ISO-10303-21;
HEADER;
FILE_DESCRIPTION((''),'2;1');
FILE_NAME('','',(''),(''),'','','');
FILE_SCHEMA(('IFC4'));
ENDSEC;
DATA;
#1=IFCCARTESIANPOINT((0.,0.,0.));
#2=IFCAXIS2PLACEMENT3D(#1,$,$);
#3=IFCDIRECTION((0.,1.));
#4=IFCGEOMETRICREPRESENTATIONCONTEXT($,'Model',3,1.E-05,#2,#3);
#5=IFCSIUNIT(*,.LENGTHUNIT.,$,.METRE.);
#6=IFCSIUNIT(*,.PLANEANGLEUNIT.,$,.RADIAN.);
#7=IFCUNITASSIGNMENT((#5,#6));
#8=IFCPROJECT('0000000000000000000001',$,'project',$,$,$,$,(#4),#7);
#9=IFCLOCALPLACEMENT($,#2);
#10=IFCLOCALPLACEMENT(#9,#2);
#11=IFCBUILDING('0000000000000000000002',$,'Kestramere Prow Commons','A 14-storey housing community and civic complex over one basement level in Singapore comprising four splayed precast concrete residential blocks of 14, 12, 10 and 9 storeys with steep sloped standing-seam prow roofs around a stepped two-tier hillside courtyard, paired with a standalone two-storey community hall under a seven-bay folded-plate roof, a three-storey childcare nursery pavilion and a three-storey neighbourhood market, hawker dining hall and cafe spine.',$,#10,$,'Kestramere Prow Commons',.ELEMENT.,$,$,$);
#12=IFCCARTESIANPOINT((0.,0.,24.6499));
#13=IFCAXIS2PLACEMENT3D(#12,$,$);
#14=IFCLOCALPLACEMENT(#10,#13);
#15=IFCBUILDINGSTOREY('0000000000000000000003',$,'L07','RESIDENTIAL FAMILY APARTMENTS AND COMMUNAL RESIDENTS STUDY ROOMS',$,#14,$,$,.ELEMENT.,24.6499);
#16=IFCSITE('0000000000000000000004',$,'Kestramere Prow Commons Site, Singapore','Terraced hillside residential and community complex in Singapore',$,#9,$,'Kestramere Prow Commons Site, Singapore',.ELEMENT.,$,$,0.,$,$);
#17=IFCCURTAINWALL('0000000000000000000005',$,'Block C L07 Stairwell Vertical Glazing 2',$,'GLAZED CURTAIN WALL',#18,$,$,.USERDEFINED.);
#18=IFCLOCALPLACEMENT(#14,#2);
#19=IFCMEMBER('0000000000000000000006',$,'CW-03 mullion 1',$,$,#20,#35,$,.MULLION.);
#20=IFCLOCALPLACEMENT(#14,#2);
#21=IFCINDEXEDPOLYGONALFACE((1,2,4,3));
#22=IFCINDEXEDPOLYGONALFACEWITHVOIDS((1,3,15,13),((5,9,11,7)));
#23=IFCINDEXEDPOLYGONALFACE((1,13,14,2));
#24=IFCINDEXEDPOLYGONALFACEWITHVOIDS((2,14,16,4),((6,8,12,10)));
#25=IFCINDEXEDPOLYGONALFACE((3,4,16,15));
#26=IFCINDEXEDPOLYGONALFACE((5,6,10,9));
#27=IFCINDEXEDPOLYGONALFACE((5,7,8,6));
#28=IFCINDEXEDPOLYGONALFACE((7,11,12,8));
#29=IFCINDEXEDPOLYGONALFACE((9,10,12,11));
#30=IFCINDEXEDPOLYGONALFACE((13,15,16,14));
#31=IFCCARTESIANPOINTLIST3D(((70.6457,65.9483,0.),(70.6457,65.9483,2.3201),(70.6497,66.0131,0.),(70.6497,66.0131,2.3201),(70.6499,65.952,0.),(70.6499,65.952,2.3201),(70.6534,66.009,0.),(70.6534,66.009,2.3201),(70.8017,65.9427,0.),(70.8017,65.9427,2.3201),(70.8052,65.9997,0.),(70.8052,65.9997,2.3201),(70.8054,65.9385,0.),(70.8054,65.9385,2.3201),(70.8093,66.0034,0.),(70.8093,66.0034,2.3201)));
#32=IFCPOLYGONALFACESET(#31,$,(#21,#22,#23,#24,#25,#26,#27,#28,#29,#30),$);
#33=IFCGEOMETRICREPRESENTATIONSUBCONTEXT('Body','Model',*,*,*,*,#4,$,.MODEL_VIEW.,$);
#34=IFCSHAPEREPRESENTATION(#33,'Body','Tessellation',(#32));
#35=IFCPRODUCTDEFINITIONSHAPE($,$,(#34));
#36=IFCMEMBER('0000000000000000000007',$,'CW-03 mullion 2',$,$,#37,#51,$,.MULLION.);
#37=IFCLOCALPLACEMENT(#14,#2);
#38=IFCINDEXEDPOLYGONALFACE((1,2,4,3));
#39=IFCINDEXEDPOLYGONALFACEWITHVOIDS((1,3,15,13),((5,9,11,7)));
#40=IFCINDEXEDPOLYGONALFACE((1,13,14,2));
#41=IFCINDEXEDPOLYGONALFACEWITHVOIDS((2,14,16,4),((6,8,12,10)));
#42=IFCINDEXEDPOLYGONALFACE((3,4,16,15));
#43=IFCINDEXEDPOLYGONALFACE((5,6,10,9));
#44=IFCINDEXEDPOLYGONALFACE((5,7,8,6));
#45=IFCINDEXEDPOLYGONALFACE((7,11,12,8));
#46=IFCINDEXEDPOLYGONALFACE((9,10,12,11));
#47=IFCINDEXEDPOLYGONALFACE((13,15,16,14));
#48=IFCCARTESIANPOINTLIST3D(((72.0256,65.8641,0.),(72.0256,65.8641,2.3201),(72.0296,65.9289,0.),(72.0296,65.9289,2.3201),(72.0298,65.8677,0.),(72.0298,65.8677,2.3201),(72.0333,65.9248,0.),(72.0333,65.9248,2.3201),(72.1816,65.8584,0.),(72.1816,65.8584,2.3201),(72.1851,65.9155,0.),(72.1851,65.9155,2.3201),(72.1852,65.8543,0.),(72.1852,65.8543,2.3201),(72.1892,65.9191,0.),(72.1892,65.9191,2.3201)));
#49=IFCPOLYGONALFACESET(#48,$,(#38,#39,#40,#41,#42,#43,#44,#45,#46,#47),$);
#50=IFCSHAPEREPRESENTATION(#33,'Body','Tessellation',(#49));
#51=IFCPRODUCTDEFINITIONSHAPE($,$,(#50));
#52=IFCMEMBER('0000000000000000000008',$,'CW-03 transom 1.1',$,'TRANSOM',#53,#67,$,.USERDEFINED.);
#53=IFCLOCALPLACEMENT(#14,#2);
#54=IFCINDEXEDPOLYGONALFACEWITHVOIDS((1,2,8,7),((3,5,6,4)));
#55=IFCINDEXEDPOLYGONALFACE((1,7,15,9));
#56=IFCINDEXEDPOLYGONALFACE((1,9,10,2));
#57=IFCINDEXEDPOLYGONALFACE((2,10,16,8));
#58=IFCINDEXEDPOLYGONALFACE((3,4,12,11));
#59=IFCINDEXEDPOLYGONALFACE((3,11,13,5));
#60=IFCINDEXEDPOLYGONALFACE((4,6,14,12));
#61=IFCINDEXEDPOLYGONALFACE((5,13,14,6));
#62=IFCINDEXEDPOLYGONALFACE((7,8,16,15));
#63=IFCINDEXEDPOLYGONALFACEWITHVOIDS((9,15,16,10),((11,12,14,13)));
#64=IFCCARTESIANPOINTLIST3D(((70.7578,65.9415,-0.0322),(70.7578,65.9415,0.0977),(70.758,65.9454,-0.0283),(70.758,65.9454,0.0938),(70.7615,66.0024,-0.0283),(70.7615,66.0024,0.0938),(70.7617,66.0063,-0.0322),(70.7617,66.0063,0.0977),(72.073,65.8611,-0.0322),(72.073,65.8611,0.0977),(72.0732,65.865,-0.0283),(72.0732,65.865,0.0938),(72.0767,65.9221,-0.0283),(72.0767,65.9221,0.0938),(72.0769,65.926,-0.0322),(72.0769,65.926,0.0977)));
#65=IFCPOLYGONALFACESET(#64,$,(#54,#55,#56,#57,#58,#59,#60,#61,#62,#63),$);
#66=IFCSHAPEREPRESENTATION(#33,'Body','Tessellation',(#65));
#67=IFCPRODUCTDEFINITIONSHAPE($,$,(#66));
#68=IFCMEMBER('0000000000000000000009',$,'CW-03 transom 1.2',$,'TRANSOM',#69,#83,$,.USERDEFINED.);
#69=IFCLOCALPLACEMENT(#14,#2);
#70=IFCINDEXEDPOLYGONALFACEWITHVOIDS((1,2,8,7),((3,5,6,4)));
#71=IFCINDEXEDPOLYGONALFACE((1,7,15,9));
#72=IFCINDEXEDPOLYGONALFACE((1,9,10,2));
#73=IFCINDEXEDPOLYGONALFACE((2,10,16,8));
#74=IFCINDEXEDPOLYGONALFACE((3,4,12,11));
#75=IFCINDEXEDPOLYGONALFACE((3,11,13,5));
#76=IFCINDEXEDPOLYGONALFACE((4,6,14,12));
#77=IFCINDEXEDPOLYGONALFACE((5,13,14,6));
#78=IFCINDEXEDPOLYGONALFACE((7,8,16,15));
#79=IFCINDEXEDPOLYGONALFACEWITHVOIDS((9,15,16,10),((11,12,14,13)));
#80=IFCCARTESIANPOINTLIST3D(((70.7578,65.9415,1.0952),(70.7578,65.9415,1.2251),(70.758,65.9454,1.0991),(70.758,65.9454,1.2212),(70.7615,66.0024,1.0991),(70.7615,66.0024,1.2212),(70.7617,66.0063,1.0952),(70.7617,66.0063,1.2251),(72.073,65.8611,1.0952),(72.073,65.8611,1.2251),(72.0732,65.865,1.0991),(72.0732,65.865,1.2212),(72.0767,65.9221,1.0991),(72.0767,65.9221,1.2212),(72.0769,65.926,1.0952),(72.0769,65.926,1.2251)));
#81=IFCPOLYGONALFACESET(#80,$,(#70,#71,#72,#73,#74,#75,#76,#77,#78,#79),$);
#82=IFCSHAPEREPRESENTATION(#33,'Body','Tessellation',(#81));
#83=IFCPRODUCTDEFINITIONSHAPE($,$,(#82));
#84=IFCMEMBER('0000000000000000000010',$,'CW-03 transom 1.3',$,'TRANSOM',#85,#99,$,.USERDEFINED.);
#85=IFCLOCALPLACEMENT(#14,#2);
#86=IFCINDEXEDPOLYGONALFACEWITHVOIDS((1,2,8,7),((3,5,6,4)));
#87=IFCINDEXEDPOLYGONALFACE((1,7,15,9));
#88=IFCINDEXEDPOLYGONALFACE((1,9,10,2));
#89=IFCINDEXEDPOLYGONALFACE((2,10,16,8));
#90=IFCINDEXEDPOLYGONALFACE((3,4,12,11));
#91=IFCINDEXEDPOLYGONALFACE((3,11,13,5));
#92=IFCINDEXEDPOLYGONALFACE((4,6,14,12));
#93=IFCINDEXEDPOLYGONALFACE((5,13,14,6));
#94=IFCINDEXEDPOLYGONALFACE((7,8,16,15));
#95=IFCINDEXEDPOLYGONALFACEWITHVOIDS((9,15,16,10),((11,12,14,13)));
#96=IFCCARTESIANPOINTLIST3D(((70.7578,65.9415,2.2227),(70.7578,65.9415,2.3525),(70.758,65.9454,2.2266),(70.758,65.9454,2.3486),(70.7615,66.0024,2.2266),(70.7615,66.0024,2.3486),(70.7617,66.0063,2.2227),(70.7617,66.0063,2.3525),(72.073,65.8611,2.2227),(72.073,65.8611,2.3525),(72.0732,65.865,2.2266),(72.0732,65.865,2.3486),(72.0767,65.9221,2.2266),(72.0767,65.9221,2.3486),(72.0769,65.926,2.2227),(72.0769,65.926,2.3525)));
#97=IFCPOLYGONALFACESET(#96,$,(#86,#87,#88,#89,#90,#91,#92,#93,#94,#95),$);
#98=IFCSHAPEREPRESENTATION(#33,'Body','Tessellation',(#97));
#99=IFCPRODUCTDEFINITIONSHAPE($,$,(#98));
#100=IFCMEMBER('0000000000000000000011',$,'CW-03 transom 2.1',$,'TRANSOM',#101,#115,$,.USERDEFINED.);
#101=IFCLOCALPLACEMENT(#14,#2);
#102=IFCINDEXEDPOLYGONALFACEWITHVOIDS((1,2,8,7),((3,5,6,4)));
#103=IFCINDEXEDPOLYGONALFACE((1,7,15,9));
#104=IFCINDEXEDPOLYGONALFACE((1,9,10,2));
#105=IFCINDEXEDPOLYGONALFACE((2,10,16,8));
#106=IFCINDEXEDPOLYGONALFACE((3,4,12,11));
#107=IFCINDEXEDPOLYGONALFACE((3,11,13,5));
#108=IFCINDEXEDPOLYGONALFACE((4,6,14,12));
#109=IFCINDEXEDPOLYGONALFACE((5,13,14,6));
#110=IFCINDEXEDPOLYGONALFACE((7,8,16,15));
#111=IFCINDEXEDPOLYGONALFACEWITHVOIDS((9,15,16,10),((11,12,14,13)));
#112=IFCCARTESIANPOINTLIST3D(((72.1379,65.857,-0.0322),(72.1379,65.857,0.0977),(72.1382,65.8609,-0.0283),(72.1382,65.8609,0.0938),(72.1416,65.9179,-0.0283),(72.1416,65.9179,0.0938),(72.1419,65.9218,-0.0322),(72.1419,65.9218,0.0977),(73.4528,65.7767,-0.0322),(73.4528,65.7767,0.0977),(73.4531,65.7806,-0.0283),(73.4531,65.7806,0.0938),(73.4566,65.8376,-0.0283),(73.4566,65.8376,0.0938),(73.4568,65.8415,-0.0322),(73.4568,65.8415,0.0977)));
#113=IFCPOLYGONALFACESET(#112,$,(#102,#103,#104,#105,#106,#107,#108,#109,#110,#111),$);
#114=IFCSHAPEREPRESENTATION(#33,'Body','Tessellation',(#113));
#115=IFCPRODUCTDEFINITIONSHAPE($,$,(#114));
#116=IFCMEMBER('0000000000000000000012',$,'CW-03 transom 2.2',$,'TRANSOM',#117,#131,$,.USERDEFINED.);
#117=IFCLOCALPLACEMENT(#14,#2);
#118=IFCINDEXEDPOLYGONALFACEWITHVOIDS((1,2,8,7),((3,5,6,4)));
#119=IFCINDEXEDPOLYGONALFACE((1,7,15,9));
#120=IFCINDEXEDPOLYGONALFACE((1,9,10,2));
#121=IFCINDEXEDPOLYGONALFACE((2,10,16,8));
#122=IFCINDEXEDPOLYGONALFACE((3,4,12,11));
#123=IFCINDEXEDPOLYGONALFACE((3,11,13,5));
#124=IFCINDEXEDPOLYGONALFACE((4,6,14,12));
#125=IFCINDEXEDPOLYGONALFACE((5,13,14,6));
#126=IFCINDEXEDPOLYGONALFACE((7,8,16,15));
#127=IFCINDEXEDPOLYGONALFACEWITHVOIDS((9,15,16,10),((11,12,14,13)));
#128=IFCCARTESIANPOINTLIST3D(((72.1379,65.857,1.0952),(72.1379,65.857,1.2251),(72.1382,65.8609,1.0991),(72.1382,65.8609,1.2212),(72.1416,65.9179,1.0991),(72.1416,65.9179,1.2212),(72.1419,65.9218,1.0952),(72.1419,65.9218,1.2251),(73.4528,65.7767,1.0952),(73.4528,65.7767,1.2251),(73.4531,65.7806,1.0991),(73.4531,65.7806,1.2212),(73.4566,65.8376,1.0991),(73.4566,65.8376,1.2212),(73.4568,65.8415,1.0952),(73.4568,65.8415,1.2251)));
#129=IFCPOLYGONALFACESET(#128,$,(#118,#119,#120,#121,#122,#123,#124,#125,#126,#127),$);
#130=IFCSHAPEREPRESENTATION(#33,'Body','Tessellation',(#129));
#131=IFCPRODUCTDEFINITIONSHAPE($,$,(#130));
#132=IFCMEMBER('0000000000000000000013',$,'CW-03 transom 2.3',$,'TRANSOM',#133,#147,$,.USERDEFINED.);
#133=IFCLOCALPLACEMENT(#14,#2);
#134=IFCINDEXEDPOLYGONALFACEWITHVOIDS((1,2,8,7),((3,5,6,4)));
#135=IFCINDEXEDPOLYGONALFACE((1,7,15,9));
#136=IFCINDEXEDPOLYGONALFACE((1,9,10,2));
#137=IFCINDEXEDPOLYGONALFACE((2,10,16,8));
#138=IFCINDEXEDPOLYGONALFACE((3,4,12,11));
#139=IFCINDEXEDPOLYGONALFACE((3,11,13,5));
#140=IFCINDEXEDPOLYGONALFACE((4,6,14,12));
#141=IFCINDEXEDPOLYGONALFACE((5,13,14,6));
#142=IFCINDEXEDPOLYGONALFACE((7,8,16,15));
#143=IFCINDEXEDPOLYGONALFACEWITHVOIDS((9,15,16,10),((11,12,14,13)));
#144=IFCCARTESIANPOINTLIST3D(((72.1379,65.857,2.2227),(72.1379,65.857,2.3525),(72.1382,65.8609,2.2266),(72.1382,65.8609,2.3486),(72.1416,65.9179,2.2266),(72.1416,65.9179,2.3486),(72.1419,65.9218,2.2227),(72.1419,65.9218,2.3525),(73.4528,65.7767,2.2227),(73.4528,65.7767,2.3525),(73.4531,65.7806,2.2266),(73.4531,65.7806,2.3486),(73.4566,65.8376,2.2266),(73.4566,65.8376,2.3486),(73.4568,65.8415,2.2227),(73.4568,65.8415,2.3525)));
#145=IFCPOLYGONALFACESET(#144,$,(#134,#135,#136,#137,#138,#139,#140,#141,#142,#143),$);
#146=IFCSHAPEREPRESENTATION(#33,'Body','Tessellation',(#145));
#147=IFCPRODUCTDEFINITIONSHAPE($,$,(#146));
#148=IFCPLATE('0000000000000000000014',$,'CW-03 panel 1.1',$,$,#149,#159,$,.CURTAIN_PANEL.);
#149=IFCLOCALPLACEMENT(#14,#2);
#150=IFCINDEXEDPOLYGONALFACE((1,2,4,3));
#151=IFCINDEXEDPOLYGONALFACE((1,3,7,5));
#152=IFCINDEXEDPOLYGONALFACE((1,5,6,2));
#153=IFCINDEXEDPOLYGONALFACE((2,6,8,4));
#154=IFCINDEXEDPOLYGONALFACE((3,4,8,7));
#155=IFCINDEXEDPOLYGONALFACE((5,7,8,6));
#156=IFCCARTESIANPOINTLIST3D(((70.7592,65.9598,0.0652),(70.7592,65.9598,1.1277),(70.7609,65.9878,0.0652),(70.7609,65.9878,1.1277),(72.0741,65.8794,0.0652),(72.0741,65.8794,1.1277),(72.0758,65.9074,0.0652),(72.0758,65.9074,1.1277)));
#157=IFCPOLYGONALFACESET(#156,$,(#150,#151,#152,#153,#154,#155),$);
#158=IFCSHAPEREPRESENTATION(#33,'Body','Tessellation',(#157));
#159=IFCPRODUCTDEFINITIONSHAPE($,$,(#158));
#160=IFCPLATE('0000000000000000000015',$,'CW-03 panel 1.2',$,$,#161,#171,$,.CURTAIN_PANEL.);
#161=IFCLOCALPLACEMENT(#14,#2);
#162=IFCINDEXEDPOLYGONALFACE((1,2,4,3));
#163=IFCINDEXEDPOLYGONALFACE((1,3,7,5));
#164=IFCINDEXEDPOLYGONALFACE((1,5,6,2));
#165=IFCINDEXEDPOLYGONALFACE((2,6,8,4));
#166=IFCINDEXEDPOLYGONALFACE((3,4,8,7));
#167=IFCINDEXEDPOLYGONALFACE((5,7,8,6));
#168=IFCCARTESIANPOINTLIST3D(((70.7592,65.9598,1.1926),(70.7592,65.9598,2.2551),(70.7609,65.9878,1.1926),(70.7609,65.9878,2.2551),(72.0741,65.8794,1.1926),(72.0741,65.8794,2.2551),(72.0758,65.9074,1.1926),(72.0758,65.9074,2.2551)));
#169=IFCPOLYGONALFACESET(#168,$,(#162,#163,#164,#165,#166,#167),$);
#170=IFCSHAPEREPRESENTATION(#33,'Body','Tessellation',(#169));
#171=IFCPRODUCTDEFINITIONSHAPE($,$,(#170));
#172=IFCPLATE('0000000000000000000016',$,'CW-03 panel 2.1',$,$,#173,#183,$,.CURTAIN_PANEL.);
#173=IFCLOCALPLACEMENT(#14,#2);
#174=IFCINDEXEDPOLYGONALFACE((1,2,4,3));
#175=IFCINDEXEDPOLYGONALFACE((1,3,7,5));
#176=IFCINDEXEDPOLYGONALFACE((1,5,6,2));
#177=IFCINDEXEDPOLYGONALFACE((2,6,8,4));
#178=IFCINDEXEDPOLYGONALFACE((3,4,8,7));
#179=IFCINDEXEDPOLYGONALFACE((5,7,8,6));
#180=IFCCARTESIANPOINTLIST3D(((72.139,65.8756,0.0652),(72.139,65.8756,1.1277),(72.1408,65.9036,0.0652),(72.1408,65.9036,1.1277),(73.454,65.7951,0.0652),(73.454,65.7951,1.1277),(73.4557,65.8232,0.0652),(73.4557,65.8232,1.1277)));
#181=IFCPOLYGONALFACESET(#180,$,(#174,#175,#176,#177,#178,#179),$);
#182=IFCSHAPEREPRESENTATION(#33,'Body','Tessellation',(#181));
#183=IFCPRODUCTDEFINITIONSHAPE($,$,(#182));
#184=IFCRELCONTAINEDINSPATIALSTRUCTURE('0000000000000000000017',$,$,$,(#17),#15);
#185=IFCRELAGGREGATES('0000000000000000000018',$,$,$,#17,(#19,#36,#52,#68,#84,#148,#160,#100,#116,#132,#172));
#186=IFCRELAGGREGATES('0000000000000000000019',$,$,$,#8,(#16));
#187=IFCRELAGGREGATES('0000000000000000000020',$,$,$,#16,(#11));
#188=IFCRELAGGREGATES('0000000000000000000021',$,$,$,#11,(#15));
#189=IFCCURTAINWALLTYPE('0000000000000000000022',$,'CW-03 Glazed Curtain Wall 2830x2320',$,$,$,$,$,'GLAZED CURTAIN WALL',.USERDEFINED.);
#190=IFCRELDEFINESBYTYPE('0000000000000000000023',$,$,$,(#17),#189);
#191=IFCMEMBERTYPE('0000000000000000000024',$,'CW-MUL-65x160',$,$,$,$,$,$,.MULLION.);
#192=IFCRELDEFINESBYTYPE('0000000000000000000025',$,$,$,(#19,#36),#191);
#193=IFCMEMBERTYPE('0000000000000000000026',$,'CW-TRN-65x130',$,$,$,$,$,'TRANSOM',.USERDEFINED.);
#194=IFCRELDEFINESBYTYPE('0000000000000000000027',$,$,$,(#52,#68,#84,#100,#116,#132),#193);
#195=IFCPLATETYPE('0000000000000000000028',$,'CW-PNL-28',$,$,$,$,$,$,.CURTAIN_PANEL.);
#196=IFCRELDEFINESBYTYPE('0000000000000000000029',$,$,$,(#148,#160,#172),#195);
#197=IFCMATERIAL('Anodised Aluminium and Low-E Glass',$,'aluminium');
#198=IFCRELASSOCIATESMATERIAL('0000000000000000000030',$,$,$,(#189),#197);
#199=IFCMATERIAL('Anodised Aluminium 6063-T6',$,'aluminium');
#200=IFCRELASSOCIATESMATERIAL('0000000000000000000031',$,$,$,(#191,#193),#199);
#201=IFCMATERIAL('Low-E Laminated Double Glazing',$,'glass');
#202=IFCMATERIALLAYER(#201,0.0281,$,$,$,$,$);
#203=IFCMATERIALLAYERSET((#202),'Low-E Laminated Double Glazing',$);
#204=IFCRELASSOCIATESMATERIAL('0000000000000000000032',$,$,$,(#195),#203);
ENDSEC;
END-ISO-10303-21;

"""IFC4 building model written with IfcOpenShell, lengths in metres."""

from ifc_helpers import new_model, si_unit, direction, frame, origin, origin_2d, place, context, subcontext, project, spatial, rectangle, hollow_rectangle, extrude, material, layer, layer_set, material_profile, profile_set, type_object, element, aggregate, save


model = new_model("IFC4")

# Units and contexts
model_context = context("Model", 3, precision=1e-05, world=origin(), true_north=direction((0.0, 1.0)))
body_context = subcontext(model_context, "Body", "Model", "MODEL_VIEW")
ifc_project = project(units=[si_unit("LENGTHUNIT", "METRE"), si_unit("PLANEANGLEUNIT", "RADIAN")], contexts=[model_context])

# Site, building, storey
site_placement = place(None, origin())
site = spatial("IfcSite", under=ifc_project, at=site_placement, Name="Kestramere Prow Commons Site, Singapore", Description="Terraced hillside residential and community complex in Singapore", LongName="Kestramere Prow Commons Site, Singapore", CompositionType="ELEMENT", RefElevation=0.0)
building_placement = place(site_placement, origin())
building = spatial("IfcBuilding", under=site, at=building_placement, Name="Kestramere Prow Commons", Description="A 14-storey housing community and civic complex over one basement level in Singapore comprising four splayed precast concrete residential blocks of 14, 12, 10 and 9 storeys with steep sloped standing-seam prow roofs around a stepped two-tier hillside courtyard, paired with a standalone two-storey community hall under a seven-bay folded-plate roof, a three-storey childcare nursery pavilion and a three-storey neighbourhood market, hawker dining hall and cafe spine.", LongName="Kestramere Prow Commons", CompositionType="ELEMENT")
storey_placement = place(building_placement, frame((0.0, 0.0, 24.6499)))
storey = spatial("IfcBuildingStorey", under=building, at=storey_placement, Name="L07", Description="RESIDENTIAL FAMILY APARTMENTS AND COMMUNAL RESIDENTS STUDY ROOMS", CompositionType="ELEMENT", Elevation=24.6499)

# Curtain wall, members, plates
ifc_material_1 = material(Name="Anodised Aluminium and Low-E Glass", Category="aluminium")
curtain_wall_type = type_object("IfcCurtainWallType", Name="CW-03 Glazed Curtain Wall 2830x2320", ElementType="GLAZED CURTAIN WALL", PredefinedType="USERDEFINED", material=ifc_material_1)
curtain_wall_placement = place(storey_placement, origin())
curtain_wall = element("IfcCurtainWall", 1, at=curtain_wall_placement, inside=storey, type_object=curtain_wall_type, Name="Block C L07 Stairwell Vertical Glazing 2", ObjectType="GLAZED CURTAIN WALL", PredefinedType="USERDEFINED")
ifc_material_2 = material(Name="Anodised Aluminium 6063-T6", Category="aluminium")
ifc_material_profile_1 = material_profile(ifc_material_2, hollow_rectangle(XDim=0.0649, YDim=0.1599, WallThickness=0.0039, at=origin_2d()), Name="ALU-MUL 65x160")
ifc_profile_set_1 = profile_set([ifc_material_profile_1], Name="Anodised Aluminium 6063-T6")
member_type_1 = type_object("IfcMemberType", Name="CW-MUL-65x160", PredefinedType="MULLION", material=ifc_profile_set_1)
member_1_placement = place(storey_placement, frame((70.7275, 65.9758, 0.0), z_axis=(0.0, 0.0, 1.0), x_axis=(0.061048, 0.998135, 0.0)))
member_1 = element("IfcMember", 2, at=member_1_placement, type_object=member_type_1, Name="CW-03 mullion 1", PredefinedType="MULLION", context=body_context, shape_type="SweptSolid", body=[
    extrude(hollow_rectangle(XDim=0.0649, YDim=0.1599, WallThickness=0.0039, at=origin_2d()), origin(), (0.0, 0.0, 1.0), 2.3201),
])
member_2_placement = place(storey_placement, frame((72.1074, 65.8916, 0.0), z_axis=(0.0, 0.0, 1.0), x_axis=(0.061048, 0.998135, 0.0)))
member_2 = element("IfcMember", 3, at=member_2_placement, type_object=member_type_1, Name="CW-03 mullion 2", PredefinedType="MULLION", context=body_context, shape_type="SweptSolid", body=[
    extrude(hollow_rectangle(XDim=0.0649, YDim=0.1599, WallThickness=0.0039, at=origin_2d()), origin(), (0.0, 0.0, 1.0), 2.3201),
])
ifc_material_profile_2 = material_profile(ifc_material_2, hollow_rectangle(XDim=0.0649, YDim=0.1299, WallThickness=0.0039, at=origin_2d()), Name="ALU-TRN 65x130")
ifc_profile_set_2 = profile_set([ifc_material_profile_2], Name="Anodised Aluminium 6063-T6")
member_type_2 = type_object("IfcMemberType", Name="CW-TRN-65x130", ElementType="TRANSOM", PredefinedType="USERDEFINED", material=ifc_profile_set_2)
member_3_placement = place(storey_placement, frame((70.7598, 65.9739, 0.0327), z_axis=(0.99814, -0.060959, 0.0), x_axis=(0.060959, 0.99814, 0.0)))
member_3 = element("IfcMember", 4, at=member_3_placement, type_object=member_type_2, Name="CW-03 transom 1.1", ObjectType="TRANSOM", PredefinedType="USERDEFINED", context=body_context, shape_type="SweptSolid", body=[
    extrude(hollow_rectangle(XDim=0.0649, YDim=0.1299, WallThickness=0.0039, at=origin_2d()), origin(), (0.0, 0.0, 1.0), 1.3176),
])
member_4_placement = place(storey_placement, frame((70.7598, 65.9739, 1.1602), z_axis=(0.99814, -0.060959, 0.0), x_axis=(0.060959, 0.99814, 0.0)))
member_4 = element("IfcMember", 5, at=member_4_placement, type_object=member_type_2, Name="CW-03 transom 1.2", ObjectType="TRANSOM", PredefinedType="USERDEFINED", context=body_context, shape_type="SweptSolid", body=[
    extrude(hollow_rectangle(XDim=0.0649, YDim=0.1299, WallThickness=0.0039, at=origin_2d()), origin(), (0.0, 0.0, 1.0), 1.3176),
])
member_5_placement = place(storey_placement, frame((70.7598, 65.9739, 2.2876), z_axis=(0.99814, -0.060959, 0.0), x_axis=(0.060959, 0.99814, 0.0)))
member_5 = element("IfcMember", 6, at=member_5_placement, type_object=member_type_2, Name="CW-03 transom 1.3", ObjectType="TRANSOM", PredefinedType="USERDEFINED", context=body_context, shape_type="SweptSolid", body=[
    extrude(hollow_rectangle(XDim=0.0649, YDim=0.1299, WallThickness=0.0039, at=origin_2d()), origin(), (0.0, 0.0, 1.0), 1.3176),
])
member_6_placement = place(storey_placement, frame((72.1399, 65.8894, 0.0327), z_axis=(0.99814, -0.060971, 0.0), x_axis=(0.060971, 0.99814, 0.0)))
member_6 = element("IfcMember", 7, at=member_6_placement, type_object=member_type_2, Name="CW-03 transom 2.1", ObjectType="TRANSOM", PredefinedType="USERDEFINED", context=body_context, shape_type="SweptSolid", body=[
    extrude(hollow_rectangle(XDim=0.0649, YDim=0.1299, WallThickness=0.0039, at=origin_2d()), origin(), (0.0, 0.0, 1.0), 1.3174),
])
member_7_placement = place(storey_placement, frame((72.1399, 65.8894, 1.1602), z_axis=(0.99814, -0.060971, 0.0), x_axis=(0.060971, 0.99814, 0.0)))
member_7 = element("IfcMember", 8, at=member_7_placement, type_object=member_type_2, Name="CW-03 transom 2.2", ObjectType="TRANSOM", PredefinedType="USERDEFINED", context=body_context, shape_type="SweptSolid", body=[
    extrude(hollow_rectangle(XDim=0.0649, YDim=0.1299, WallThickness=0.0039, at=origin_2d()), origin(), (0.0, 0.0, 1.0), 1.3174),
])
member_8_placement = place(storey_placement, frame((72.1399, 65.8894, 2.2876), z_axis=(0.99814, -0.060971, 0.0), x_axis=(0.060971, 0.99814, 0.0)))
member_8 = element("IfcMember", 9, at=member_8_placement, type_object=member_type_2, Name="CW-03 transom 2.3", ObjectType="TRANSOM", PredefinedType="USERDEFINED", context=body_context, shape_type="SweptSolid", body=[
    extrude(hollow_rectangle(XDim=0.0649, YDim=0.1299, WallThickness=0.0039, at=origin_2d()), origin(), (0.0, 0.0, 1.0), 1.3174),
])
ifc_material_3 = material(Name="Low-E Laminated Double Glazing", Category="glass")
ifc_layer_1 = layer(ifc_material_3, 0.0281)
ifc_layer_set_1 = layer_set([ifc_layer_1], Name="Low-E Laminated Double Glazing")
plate_type = type_object("IfcPlateType", Name="CW-PNL-28", PredefinedType="CURTAIN_PANEL", material=ifc_layer_set_1)
plate_1_placement = place(storey_placement, frame((71.4175, 65.9336, 0.0652), z_axis=(0.0, 0.0, 1.0), x_axis=(0.998135, -0.061048, 0.0)))
plate_1 = element("IfcPlate", 10, at=plate_1_placement, type_object=plate_type, Name="CW-03 panel 1.1", PredefinedType="CURTAIN_PANEL", context=body_context, shape_type="SweptSolid", body=[
    extrude(rectangle(XDim=1.3174, YDim=0.0281, at=origin_2d()), origin(), (0.0, 0.0, 1.0), 1.0625),
])
plate_2_placement = place(storey_placement, frame((71.4175, 65.9336, 1.1926), z_axis=(0.0, 0.0, 1.0), x_axis=(0.998135, -0.061048, 0.0)))
plate_2 = element("IfcPlate", 11, at=plate_2_placement, type_object=plate_type, Name="CW-03 panel 1.2", PredefinedType="CURTAIN_PANEL", context=body_context, shape_type="SweptSolid", body=[
    extrude(rectangle(XDim=1.3174, YDim=0.0281, at=origin_2d()), origin(), (0.0, 0.0, 1.0), 1.0625),
])
plate_3_placement = place(storey_placement, frame((72.7974, 65.8494, 0.0652), z_axis=(0.0, 0.0, 1.0), x_axis=(0.998135, -0.061048, 0.0)))
plate_3 = element("IfcPlate", 12, at=plate_3_placement, type_object=plate_type, Name="CW-03 panel 2.1", PredefinedType="CURTAIN_PANEL", context=body_context, shape_type="SweptSolid", body=[
    extrude(rectangle(XDim=1.3174, YDim=0.0281, at=origin_2d()), origin(), (0.0, 0.0, 1.0), 1.0625),
])
aggregate(curtain_wall, [member_1, member_2, member_3, member_4, member_5, plate_1, plate_2, member_6, member_7, member_8, plate_3])

save(model, "model.ifc")
